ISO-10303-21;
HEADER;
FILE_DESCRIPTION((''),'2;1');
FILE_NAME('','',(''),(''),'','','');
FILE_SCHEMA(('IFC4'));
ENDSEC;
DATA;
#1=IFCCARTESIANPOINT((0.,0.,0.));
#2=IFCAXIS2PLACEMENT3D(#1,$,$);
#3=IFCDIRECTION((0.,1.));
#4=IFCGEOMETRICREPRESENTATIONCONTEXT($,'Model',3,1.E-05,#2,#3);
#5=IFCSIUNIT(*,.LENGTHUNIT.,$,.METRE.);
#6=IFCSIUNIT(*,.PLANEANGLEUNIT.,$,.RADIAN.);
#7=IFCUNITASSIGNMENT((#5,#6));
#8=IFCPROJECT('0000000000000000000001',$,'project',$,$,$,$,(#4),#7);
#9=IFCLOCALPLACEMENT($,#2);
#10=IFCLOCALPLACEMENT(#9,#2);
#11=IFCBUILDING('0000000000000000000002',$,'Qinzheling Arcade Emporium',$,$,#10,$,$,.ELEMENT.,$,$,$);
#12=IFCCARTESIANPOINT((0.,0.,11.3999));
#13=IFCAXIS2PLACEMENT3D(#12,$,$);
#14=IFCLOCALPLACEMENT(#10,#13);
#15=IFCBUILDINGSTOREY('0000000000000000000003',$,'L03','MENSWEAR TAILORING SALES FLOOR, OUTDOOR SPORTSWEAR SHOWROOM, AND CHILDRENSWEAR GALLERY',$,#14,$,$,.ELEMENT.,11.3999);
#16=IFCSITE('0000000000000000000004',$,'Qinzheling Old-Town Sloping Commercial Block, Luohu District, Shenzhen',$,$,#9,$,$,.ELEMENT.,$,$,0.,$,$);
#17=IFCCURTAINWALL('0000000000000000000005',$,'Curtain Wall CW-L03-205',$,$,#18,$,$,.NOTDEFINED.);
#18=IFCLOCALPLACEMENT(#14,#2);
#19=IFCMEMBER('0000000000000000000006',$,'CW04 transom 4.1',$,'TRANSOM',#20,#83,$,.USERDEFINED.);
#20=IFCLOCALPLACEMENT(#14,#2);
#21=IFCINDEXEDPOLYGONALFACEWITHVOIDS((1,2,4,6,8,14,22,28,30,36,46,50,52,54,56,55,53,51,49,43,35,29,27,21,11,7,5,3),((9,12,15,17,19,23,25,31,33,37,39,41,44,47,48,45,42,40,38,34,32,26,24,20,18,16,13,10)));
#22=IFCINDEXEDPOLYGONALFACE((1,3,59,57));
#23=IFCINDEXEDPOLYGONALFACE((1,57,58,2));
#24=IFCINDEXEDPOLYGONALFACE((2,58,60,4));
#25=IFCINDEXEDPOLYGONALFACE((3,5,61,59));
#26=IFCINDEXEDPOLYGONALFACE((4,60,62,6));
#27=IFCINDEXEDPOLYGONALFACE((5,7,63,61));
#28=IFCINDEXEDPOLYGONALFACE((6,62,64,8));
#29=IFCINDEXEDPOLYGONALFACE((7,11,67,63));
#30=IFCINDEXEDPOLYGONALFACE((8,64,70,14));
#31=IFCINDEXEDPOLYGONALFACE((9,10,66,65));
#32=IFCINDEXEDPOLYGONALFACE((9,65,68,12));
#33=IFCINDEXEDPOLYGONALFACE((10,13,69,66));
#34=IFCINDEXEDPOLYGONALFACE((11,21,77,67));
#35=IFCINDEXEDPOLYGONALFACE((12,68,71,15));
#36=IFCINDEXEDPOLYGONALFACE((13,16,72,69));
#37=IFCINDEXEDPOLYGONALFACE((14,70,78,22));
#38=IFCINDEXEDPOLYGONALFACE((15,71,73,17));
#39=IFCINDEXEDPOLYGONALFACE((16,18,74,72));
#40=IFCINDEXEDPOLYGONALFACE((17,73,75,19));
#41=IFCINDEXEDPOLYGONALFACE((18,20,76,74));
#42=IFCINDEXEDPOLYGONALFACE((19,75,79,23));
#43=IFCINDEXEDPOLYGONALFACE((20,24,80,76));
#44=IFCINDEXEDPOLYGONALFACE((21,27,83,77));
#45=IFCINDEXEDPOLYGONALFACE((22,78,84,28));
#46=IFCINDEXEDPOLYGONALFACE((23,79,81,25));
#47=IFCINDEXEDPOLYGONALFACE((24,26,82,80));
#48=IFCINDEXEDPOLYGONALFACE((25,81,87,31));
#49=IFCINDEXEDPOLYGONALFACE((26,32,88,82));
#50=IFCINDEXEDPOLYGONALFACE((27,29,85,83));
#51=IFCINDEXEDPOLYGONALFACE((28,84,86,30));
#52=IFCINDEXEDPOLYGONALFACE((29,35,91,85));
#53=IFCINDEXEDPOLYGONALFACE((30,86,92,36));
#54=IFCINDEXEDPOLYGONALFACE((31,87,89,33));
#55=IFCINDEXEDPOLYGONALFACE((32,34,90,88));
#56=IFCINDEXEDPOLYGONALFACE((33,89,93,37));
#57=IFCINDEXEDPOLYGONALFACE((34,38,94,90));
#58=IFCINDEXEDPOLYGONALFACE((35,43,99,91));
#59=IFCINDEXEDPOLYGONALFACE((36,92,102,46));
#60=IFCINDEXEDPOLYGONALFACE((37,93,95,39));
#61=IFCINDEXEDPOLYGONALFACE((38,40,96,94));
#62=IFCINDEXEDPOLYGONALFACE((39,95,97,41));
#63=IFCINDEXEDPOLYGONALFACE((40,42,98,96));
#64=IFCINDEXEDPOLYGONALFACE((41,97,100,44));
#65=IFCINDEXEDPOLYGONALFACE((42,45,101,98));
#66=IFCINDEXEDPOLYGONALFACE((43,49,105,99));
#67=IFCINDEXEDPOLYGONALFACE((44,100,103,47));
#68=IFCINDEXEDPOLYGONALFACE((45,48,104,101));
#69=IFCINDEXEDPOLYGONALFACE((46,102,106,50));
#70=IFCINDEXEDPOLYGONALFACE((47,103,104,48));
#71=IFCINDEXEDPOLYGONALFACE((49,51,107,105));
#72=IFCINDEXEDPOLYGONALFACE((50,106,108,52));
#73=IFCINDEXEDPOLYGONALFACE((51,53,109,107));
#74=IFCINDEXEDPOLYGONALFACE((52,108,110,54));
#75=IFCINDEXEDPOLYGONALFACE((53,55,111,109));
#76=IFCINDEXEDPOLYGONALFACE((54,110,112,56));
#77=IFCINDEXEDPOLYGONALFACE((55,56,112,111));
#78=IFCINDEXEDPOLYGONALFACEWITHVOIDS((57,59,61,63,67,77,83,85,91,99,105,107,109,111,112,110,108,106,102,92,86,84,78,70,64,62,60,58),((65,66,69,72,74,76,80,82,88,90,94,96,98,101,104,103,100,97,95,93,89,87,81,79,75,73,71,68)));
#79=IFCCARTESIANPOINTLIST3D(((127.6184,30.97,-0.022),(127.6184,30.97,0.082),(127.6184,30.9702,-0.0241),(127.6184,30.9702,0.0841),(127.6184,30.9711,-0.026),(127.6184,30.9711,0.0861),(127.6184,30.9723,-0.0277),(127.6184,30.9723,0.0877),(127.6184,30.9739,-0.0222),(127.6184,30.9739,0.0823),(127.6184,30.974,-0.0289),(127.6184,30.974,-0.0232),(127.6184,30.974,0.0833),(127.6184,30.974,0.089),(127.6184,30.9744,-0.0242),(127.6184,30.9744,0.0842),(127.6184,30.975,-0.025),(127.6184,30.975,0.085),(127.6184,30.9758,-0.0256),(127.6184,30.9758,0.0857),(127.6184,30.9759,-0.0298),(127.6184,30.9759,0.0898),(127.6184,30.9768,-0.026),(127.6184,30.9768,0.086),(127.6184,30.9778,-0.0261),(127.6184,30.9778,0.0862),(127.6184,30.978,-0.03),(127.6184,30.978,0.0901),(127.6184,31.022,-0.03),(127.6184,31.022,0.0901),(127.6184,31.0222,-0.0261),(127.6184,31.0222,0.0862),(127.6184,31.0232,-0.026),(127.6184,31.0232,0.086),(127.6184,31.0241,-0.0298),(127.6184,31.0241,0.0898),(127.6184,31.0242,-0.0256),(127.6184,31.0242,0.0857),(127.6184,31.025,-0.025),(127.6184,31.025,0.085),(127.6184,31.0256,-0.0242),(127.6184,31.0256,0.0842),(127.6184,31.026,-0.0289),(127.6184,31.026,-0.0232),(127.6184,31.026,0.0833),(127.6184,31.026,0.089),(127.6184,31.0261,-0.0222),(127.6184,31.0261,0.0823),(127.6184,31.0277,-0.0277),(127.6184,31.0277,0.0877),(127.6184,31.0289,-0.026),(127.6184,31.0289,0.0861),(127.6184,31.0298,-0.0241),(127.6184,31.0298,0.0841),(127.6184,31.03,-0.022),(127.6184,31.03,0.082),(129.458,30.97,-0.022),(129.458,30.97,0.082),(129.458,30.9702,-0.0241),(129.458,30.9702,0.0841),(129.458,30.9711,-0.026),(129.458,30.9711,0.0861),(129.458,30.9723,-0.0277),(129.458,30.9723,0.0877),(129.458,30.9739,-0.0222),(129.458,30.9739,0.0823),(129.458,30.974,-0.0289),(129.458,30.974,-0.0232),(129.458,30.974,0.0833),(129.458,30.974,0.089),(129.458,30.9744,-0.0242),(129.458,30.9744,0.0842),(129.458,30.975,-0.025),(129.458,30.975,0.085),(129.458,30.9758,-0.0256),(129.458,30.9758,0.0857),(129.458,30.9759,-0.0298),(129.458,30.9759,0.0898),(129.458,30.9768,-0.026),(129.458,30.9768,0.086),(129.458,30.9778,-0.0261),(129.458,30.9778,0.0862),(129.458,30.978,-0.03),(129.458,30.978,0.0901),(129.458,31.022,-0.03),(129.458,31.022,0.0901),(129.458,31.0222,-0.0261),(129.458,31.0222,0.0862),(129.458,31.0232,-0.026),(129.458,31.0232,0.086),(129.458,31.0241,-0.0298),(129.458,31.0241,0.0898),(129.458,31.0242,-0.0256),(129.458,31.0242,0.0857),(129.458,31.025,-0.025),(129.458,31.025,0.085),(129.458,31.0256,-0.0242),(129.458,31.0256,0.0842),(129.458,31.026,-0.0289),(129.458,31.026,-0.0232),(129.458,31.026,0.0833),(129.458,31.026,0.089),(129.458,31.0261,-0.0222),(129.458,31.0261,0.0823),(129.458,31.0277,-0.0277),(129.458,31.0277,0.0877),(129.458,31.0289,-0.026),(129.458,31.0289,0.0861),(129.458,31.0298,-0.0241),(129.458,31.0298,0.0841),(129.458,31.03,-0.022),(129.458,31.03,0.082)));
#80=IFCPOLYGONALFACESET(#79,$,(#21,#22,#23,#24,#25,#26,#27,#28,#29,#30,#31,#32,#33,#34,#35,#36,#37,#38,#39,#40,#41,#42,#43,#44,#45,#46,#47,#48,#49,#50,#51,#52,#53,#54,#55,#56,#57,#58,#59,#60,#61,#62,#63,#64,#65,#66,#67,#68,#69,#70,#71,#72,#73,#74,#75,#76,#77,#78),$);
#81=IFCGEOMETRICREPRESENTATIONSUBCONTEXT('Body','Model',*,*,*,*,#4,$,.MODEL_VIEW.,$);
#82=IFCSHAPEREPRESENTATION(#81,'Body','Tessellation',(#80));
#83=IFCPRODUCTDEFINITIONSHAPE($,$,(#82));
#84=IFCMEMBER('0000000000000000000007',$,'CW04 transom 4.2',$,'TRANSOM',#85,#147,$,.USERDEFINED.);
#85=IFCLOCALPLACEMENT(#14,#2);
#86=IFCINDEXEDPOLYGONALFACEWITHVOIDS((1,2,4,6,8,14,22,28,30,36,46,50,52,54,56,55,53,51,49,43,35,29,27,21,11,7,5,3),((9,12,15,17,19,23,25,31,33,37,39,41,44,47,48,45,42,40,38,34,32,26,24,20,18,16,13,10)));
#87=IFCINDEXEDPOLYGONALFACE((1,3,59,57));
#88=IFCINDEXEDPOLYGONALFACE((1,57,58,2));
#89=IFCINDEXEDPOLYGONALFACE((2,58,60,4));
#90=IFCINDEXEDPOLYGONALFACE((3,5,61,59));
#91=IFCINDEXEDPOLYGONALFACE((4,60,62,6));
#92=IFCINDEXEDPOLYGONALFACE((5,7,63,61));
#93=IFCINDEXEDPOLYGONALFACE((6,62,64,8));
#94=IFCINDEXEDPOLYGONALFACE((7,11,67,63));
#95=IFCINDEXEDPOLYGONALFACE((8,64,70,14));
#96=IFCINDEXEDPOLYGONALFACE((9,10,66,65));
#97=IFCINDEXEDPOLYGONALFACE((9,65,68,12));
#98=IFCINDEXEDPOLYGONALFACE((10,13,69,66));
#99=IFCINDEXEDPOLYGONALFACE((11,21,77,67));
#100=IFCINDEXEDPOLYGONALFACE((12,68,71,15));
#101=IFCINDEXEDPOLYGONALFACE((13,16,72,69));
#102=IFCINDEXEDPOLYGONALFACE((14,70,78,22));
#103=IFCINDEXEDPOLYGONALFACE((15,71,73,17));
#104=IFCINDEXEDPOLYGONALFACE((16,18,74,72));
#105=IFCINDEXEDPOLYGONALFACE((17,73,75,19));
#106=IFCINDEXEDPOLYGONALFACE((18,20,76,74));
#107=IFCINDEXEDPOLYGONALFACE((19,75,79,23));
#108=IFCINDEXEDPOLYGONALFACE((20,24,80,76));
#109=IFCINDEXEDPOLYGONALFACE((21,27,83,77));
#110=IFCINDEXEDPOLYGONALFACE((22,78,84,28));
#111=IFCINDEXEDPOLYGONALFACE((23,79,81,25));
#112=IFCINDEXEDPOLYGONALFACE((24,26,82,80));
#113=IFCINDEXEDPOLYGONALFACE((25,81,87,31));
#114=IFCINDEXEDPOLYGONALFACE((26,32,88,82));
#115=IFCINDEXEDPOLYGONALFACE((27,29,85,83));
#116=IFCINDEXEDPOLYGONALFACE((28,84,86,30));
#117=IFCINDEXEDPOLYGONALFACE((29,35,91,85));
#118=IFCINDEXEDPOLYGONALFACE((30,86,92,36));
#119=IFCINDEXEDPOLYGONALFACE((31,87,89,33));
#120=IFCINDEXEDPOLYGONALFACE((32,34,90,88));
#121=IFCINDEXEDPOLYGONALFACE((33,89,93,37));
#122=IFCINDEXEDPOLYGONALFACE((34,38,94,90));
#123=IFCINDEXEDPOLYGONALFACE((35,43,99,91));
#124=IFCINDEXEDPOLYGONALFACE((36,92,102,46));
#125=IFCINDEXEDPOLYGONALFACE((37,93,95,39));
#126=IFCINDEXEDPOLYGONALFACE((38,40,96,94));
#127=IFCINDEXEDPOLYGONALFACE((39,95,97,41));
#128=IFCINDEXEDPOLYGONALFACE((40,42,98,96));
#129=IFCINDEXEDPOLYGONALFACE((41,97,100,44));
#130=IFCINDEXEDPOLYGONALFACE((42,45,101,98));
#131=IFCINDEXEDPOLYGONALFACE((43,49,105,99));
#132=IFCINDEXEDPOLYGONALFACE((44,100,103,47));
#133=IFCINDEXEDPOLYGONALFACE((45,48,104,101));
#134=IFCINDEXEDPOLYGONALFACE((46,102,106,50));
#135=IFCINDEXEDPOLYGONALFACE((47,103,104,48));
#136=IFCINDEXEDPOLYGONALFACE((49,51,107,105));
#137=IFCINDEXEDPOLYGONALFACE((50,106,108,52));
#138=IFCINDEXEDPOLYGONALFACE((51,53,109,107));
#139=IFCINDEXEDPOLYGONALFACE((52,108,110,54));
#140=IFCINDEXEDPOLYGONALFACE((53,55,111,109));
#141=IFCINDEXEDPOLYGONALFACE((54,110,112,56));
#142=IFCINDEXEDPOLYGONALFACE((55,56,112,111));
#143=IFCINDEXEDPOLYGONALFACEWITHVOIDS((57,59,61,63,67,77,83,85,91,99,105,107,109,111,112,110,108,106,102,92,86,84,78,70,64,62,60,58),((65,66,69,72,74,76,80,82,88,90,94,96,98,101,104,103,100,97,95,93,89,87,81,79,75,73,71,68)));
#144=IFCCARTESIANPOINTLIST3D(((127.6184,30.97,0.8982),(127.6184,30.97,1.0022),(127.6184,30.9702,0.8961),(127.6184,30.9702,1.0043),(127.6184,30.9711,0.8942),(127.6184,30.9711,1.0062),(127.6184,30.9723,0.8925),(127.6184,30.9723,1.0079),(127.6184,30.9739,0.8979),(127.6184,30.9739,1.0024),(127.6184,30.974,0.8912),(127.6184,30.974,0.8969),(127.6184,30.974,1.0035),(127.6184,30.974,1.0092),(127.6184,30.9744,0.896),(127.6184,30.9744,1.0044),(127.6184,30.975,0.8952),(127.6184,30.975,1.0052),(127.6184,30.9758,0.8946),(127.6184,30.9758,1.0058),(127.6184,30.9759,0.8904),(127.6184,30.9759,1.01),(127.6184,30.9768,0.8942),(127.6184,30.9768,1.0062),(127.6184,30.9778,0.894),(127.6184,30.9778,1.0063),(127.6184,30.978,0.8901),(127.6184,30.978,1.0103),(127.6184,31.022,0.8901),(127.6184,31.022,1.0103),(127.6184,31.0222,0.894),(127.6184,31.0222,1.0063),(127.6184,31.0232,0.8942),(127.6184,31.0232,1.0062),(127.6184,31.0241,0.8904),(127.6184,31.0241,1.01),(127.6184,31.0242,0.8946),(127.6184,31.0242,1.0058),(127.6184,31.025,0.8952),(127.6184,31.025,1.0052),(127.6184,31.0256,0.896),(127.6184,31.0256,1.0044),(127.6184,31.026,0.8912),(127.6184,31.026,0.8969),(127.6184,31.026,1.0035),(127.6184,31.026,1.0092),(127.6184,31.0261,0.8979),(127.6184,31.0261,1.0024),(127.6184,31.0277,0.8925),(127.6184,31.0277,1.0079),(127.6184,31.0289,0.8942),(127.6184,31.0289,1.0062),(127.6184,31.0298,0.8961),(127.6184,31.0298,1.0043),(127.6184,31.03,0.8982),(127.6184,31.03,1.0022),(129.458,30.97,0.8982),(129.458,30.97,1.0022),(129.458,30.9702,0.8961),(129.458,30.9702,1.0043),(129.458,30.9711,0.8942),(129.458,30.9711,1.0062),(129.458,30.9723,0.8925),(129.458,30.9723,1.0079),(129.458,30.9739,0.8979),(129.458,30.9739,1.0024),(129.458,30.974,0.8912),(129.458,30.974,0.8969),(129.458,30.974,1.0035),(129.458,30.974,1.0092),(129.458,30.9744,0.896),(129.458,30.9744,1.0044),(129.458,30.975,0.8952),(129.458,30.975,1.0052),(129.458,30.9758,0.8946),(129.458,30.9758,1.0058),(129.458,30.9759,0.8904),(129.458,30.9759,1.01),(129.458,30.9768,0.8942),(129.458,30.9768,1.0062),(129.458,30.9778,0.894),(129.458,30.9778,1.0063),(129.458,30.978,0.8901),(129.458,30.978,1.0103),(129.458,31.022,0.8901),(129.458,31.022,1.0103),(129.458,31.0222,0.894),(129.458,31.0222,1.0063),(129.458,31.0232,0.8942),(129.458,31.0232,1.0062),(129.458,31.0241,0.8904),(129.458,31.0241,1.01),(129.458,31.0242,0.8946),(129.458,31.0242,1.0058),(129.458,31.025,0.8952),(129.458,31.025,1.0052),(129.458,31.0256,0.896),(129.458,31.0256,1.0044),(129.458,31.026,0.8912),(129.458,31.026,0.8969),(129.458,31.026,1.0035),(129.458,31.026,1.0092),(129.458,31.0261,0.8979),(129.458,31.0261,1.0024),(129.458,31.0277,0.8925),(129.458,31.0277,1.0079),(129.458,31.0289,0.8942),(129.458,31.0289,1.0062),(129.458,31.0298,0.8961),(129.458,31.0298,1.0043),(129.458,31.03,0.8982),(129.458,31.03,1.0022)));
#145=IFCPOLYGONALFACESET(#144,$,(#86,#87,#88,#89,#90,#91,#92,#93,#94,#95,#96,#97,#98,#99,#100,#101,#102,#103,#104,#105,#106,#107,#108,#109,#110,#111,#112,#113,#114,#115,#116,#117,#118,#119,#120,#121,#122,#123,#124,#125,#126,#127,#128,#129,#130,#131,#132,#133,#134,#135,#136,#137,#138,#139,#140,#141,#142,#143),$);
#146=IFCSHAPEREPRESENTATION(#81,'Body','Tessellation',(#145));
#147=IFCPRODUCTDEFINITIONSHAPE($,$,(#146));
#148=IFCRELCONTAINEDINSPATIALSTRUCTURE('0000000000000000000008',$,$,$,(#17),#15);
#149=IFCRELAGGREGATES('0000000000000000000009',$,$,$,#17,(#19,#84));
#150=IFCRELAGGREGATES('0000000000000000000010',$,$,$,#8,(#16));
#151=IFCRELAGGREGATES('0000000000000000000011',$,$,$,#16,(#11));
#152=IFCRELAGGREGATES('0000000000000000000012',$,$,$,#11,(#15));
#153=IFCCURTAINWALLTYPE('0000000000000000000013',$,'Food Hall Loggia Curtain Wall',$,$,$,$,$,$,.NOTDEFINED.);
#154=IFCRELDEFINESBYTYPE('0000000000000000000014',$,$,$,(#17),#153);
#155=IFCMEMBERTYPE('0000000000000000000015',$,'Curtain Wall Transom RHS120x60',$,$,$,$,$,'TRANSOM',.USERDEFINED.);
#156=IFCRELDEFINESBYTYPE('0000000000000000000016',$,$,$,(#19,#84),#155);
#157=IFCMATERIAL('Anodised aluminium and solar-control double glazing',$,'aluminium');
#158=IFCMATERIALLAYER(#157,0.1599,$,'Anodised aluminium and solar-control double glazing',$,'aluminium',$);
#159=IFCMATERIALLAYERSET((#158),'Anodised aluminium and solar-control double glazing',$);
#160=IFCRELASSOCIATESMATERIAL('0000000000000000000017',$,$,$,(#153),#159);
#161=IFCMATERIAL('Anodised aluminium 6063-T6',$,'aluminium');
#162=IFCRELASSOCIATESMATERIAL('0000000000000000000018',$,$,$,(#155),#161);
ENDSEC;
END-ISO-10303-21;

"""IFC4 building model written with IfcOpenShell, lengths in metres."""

from ifc_helpers import new_model, si_unit, direction, frame, origin, origin_2d, place, context, subcontext, project, spatial, hollow_rectangle, extrude, material, layer, layer_set, material_profile, profile_set, type_object, element, aggregate, save


model = new_model("IFC4")

# Units and contexts
model_context = context("Model", 3, precision=1e-05, world=origin(), true_north=direction((0.0, 1.0)))
body_context = subcontext(model_context, "Body", "Model", "MODEL_VIEW")
ifc_project = project(units=[si_unit("LENGTHUNIT", "METRE"), si_unit("PLANEANGLEUNIT", "RADIAN")], contexts=[model_context])

# Site, building, storey
site_placement = place(None, origin())
site = spatial("IfcSite", under=ifc_project, at=site_placement, Name="Qinzheling Old-Town Sloping Commercial Block, Luohu District, Shenzhen", CompositionType="ELEMENT", RefElevation=0.0)
building_placement = place(site_placement, origin())
building = spatial("IfcBuilding", under=site, at=building_placement, Name="Qinzheling Arcade Emporium", CompositionType="ELEMENT")
storey_placement = place(building_placement, frame((0.0, 0.0, 11.3999)))
storey = spatial("IfcBuildingStorey", under=building, at=storey_placement, Name="L03", Description="MENSWEAR TAILORING SALES FLOOR, OUTDOOR SPORTSWEAR SHOWROOM, AND CHILDRENSWEAR GALLERY", CompositionType="ELEMENT", Elevation=11.3999)

# Shared definitions
ifc_material_1 = material(Name="Anodised aluminium and solar-control double glazing", Category="aluminium")
ifc_layer_1 = layer(ifc_material_1, 0.1599, Name="Anodised aluminium and solar-control double glazing", Category="aluminium")
ifc_layer_set_1 = layer_set([ifc_layer_1], Name="Anodised aluminium and solar-control double glazing")
curtain_wall_type = type_object("IfcCurtainWallType", Name="Food Hall Loggia Curtain Wall", PredefinedType="NOTDEFINED", material=ifc_layer_set_1)
ifc_material_2 = material(Name="Anodised aluminium 6063-T6", Category="aluminium")

# Curtain wall
curtain_wall_1_placement = place(storey_placement, origin())
curtain_wall_1 = element("IfcCurtainWall", 1, at=curtain_wall_1_placement, inside=storey, type_object=curtain_wall_type, Name="Curtain Wall CW-L03-205", PredefinedType="NOTDEFINED")

# Members
ifc_material_profile_1 = material_profile(ifc_material_2, hollow_rectangle(XDim=0.0601, YDim=0.1201, WallThickness=0.0039, InnerFilletRadius=0.0039, OuterFilletRadius=0.0081, at=origin_2d()), Name="RHS 120x60x4", Category="aluminium")
ifc_profile_set_1 = profile_set([ifc_material_profile_1], Name="Anodised aluminium 6063-T6")
member_type_1 = type_object("IfcMemberType", Name="Curtain Wall Transom RHS120x60", ElementType="TRANSOM", PredefinedType="USERDEFINED", material=ifc_profile_set_1)
member_1_placement = place(storey_placement, frame((127.6184, 31.0, 0.03), z_axis=(1.0, 0.0, 0.0), x_axis=(0.0, 1.0, 0.0)))
member_1 = element("IfcMember", 2, at=member_1_placement, type_object=member_type_1, Name="CW04 transom 4.1", ObjectType="TRANSOM", PredefinedType="USERDEFINED", context=body_context, shape_type="SweptSolid", body=[
    extrude(hollow_rectangle(XDim=0.0601, YDim=0.1201, WallThickness=0.0039, InnerFilletRadius=0.0039, OuterFilletRadius=0.0081, at=origin_2d()), origin(), (0.0, 0.0, 1.0), 1.8396),
])
member_2_placement = place(storey_placement, frame((127.6184, 31.0, 0.9502), z_axis=(1.0, 0.0, 0.0), x_axis=(0.0, 1.0, 0.0)))
member_2 = element("IfcMember", 3, at=member_2_placement, type_object=member_type_1, Name="CW04 transom 4.2", ObjectType="TRANSOM", PredefinedType="USERDEFINED", context=body_context, shape_type="SweptSolid", body=[
    extrude(hollow_rectangle(XDim=0.0601, YDim=0.1201, WallThickness=0.0039, InnerFilletRadius=0.0039, OuterFilletRadius=0.0081, at=origin_2d()), origin(), (0.0, 0.0, 1.0), 1.8396),
])

aggregate(curtain_wall_1, [member_1, member_2])

save(model, "model.ifc")
